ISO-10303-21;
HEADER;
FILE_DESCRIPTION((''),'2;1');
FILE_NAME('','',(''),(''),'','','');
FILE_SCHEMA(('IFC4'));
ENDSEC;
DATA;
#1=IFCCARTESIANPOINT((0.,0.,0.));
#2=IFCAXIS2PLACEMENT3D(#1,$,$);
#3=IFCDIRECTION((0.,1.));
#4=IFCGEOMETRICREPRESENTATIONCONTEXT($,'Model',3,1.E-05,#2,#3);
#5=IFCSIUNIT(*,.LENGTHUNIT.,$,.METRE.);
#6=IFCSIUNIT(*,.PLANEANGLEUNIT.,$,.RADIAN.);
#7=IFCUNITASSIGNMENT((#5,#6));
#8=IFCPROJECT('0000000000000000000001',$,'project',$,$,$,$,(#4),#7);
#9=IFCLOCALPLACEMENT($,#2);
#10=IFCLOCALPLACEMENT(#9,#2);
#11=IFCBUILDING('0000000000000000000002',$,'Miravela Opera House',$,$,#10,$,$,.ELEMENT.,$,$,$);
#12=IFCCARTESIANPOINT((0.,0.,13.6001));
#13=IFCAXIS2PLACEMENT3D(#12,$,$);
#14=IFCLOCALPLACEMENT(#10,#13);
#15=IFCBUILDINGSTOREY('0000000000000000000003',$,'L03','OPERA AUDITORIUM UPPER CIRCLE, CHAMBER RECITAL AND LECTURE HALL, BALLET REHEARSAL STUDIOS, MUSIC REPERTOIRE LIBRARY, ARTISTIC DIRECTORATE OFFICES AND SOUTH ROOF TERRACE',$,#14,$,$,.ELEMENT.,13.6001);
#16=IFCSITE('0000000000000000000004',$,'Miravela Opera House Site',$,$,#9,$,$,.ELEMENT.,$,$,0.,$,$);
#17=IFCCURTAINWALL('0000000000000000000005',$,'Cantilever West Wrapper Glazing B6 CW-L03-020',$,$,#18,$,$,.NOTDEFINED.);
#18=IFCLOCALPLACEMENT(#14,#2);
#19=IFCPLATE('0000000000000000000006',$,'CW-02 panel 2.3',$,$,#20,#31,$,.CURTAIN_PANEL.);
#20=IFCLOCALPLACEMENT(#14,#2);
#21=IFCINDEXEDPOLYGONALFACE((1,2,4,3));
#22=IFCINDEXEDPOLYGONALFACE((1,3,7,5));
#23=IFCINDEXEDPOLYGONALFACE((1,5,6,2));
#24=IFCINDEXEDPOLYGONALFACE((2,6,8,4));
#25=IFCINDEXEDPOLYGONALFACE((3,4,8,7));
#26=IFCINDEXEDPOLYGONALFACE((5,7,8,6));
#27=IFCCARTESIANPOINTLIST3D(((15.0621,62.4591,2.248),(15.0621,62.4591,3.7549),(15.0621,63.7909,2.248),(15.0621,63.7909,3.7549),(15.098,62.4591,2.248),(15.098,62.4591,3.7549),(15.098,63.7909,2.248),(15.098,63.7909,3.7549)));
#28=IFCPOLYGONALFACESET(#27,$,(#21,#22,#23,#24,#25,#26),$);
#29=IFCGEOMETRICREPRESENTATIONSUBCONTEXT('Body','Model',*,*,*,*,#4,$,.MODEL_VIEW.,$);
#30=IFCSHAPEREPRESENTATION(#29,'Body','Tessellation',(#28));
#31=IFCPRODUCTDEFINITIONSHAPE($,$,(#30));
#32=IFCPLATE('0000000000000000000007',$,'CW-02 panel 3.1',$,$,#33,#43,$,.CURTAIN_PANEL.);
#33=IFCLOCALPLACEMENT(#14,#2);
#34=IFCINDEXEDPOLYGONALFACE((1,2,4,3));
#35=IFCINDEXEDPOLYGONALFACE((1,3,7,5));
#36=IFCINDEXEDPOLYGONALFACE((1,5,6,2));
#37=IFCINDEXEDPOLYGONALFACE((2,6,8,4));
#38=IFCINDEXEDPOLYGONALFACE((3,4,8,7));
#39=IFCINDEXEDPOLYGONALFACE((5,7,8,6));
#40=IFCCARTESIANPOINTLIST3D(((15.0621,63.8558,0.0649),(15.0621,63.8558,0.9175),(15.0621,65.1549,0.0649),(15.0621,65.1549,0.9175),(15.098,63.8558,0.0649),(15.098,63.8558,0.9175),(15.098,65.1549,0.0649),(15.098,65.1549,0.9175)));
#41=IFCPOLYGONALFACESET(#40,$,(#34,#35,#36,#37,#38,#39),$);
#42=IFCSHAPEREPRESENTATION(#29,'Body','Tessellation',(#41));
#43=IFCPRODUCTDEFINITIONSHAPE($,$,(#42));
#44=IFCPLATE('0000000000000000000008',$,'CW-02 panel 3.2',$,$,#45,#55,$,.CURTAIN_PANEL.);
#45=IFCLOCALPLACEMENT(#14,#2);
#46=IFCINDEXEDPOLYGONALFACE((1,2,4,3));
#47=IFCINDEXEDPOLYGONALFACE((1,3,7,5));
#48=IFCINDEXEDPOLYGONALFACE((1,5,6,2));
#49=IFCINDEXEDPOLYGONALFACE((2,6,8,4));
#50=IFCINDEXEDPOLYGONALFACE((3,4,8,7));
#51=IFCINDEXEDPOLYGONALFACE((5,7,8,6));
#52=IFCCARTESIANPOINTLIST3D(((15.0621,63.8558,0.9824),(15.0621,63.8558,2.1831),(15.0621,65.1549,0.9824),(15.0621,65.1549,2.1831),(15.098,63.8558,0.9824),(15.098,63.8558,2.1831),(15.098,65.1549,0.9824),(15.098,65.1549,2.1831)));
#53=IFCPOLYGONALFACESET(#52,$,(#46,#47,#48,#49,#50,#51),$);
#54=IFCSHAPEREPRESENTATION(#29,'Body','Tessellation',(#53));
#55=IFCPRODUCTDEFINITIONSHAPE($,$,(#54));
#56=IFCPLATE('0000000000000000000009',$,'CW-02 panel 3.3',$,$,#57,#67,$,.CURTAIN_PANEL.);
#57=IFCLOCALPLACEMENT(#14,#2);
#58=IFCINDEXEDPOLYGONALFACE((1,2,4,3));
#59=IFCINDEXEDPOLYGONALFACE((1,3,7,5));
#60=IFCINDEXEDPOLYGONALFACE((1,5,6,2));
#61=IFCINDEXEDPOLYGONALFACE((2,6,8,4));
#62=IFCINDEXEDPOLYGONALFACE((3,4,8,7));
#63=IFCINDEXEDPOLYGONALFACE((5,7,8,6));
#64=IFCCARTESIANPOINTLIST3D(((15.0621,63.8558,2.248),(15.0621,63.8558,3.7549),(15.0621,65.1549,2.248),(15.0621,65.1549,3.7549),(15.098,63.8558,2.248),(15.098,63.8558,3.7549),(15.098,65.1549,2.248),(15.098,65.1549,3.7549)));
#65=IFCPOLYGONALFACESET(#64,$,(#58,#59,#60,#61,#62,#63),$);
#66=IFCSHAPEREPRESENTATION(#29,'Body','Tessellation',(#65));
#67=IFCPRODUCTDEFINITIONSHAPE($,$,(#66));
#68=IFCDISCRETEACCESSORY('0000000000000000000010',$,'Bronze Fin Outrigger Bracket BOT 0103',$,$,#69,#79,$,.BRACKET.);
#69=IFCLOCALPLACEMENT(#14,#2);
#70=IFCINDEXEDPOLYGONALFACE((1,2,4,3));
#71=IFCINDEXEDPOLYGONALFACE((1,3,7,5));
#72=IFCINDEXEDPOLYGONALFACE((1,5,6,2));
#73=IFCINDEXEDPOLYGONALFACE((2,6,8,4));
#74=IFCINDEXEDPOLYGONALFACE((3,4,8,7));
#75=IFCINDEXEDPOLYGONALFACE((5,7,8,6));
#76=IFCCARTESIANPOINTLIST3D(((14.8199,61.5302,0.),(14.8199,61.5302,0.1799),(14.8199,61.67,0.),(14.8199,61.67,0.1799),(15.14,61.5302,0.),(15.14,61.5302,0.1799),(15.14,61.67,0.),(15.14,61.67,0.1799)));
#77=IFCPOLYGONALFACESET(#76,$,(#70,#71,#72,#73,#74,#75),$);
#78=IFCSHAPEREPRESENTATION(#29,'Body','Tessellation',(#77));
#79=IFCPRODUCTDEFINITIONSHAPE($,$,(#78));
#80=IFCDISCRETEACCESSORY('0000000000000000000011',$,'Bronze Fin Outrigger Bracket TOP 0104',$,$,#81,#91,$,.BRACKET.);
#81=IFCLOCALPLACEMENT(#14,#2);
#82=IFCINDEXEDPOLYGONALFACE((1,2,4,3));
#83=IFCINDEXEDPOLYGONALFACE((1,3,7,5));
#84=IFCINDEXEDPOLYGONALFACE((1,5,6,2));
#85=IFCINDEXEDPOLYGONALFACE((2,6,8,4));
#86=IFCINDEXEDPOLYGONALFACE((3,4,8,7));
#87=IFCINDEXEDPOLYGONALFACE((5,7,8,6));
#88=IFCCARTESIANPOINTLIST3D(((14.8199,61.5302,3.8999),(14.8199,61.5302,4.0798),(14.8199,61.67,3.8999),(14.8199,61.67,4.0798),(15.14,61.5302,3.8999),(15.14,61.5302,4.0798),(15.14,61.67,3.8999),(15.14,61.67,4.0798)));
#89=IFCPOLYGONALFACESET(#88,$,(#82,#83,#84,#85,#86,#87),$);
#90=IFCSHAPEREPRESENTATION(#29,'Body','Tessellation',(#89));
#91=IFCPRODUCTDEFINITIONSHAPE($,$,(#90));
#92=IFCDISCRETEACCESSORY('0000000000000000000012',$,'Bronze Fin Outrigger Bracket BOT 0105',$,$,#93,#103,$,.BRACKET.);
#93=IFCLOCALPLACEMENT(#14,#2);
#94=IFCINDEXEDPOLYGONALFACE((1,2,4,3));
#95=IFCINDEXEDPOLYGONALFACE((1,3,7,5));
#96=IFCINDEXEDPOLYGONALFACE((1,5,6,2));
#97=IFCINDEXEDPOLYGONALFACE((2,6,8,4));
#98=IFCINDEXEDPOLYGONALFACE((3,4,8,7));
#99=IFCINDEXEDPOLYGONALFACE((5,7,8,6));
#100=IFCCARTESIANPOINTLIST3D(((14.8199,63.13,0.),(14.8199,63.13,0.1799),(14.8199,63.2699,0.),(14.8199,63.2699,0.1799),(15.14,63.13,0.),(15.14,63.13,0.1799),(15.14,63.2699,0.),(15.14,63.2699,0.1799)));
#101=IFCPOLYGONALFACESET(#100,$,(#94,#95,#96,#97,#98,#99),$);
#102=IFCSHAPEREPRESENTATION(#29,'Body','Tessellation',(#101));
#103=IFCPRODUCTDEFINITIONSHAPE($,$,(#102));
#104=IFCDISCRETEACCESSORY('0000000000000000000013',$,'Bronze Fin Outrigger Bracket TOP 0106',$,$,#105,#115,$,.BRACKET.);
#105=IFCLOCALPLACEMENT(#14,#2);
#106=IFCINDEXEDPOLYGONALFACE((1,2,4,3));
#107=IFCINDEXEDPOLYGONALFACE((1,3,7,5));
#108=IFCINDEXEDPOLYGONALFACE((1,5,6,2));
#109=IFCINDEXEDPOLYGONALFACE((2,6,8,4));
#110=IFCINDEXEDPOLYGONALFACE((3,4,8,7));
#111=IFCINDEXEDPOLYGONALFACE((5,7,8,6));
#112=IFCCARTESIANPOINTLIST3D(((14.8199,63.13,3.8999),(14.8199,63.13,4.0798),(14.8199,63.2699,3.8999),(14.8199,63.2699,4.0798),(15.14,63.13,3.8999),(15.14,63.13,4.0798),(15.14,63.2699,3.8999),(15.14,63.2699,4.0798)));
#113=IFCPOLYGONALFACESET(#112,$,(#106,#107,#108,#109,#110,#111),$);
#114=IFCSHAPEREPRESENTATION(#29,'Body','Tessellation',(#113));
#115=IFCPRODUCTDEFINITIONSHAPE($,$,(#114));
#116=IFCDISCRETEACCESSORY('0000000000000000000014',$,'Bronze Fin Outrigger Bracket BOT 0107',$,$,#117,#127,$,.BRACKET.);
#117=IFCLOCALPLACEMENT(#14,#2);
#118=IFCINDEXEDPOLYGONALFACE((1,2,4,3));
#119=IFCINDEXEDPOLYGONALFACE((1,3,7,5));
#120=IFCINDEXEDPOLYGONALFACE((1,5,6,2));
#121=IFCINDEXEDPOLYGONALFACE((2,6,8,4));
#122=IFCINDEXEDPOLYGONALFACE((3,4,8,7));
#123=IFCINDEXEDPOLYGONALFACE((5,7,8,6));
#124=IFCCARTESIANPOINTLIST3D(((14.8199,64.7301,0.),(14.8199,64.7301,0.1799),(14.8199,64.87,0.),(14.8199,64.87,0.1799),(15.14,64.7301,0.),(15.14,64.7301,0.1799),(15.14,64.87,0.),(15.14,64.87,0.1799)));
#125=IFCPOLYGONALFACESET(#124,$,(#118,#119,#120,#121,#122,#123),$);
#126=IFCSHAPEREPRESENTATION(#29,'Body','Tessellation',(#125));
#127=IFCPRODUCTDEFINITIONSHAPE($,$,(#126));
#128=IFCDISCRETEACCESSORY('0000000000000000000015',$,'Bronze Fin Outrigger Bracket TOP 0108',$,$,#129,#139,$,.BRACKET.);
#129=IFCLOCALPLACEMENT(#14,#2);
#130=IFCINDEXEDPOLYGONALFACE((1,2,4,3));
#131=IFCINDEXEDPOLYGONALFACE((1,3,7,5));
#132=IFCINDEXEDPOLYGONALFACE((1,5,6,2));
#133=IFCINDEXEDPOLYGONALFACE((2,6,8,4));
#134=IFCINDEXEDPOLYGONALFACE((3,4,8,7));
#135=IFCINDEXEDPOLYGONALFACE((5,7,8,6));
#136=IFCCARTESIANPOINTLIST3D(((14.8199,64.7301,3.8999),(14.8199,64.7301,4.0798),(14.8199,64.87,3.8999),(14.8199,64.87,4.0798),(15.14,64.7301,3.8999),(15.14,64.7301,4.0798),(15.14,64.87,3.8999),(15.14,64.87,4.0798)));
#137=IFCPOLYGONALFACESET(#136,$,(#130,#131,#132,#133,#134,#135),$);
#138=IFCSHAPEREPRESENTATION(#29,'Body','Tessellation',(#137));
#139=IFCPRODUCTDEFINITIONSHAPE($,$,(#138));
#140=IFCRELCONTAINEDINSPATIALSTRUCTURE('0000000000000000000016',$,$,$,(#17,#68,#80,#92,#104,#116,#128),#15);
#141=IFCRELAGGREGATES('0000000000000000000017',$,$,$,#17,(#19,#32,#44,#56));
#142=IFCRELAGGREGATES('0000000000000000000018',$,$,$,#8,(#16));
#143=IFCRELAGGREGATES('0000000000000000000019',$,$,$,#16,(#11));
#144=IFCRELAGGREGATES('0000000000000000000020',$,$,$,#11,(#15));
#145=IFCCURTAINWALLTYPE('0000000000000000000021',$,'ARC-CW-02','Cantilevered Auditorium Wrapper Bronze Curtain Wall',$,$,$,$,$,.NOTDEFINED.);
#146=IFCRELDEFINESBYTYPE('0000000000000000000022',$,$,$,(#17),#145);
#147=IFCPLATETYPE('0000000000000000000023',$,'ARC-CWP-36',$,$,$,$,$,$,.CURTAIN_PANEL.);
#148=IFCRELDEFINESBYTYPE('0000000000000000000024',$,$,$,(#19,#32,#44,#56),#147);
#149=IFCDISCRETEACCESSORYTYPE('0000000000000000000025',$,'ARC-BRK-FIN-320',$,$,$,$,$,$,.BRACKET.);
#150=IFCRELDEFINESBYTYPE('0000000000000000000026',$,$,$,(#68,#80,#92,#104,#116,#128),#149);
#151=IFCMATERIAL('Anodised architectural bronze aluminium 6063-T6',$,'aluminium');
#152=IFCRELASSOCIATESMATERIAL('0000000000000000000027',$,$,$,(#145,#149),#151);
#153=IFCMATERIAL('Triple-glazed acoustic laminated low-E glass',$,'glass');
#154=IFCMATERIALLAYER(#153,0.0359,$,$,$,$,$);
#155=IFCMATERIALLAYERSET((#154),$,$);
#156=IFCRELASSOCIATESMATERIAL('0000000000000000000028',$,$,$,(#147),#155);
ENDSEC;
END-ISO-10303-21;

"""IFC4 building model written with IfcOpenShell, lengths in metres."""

from ifc_helpers import new_model, si_unit, direction, frame, origin, origin_2d, place, context, subcontext, project, spatial, rectangle, extrude, material, layer, layer_set, type_object, element, aggregate, save


model = new_model("IFC4")

# Units and contexts
model_context = context("Model", 3, precision=1e-05, world=origin(), true_north=direction((0.0, 1.0)))
body_context = subcontext(model_context, "Body", "Model", "MODEL_VIEW")
ifc_project = project(units=[si_unit("LENGTHUNIT", "METRE"), si_unit("PLANEANGLEUNIT", "RADIAN")], contexts=[model_context])

# Site, building, storey
site_placement = place(None, origin())
site = spatial("IfcSite", under=ifc_project, at=site_placement, Name="Miravela Opera House Site", CompositionType="ELEMENT", RefElevation=0.0)
building_placement = place(site_placement, origin())
building = spatial("IfcBuilding", under=site, at=building_placement, Name="Miravela Opera House", CompositionType="ELEMENT")
storey_placement = place(building_placement, frame((0.0, 0.0, 13.6001)))
storey = spatial("IfcBuildingStorey", under=building, at=storey_placement, Name="L03", Description="OPERA AUDITORIUM UPPER CIRCLE, CHAMBER RECITAL AND LECTURE HALL, BALLET REHEARSAL STUDIOS, MUSIC REPERTOIRE LIBRARY, ARTISTIC DIRECTORATE OFFICES AND SOUTH ROOF TERRACE", CompositionType="ELEMENT", Elevation=13.6001)

# Curtain wall
ifc_material_1 = material(Name="Anodised architectural bronze aluminium 6063-T6", Category="aluminium")
curtain_wall_type = type_object("IfcCurtainWallType", Name="ARC-CW-02", Description="Cantilevered Auditorium Wrapper Bronze Curtain Wall", PredefinedType="NOTDEFINED", material=ifc_material_1)
curtain_wall_1_placement = place(storey_placement, origin())
curtain_wall_1 = element("IfcCurtainWall", 1, at=curtain_wall_1_placement, inside=storey, type_object=curtain_wall_type, Name="Cantilever West Wrapper Glazing B6 CW-L03-020", PredefinedType="NOTDEFINED")

# Plates
ifc_material_2 = material(Name="Triple-glazed acoustic laminated low-E glass", Category="glass")
ifc_layer = layer(ifc_material_2, 0.0359)
ifc_layer_set = layer_set([ifc_layer])
plate_type = type_object("IfcPlateType", Name="ARC-CWP-36", PredefinedType="CURTAIN_PANEL", material=ifc_layer_set)
plate_1_placement = place(storey_placement, frame((15.0801, 63.125, 2.248), z_axis=(0.0, 0.0, 1.0), x_axis=(0.0, 1.0, 0.0)))
plate_1 = element("IfcPlate", 2, at=plate_1_placement, type_object=plate_type, Name="CW-02 panel 2.3", PredefinedType="CURTAIN_PANEL", context=body_context, shape_type="SweptSolid", body=[
    extrude(rectangle(XDim=1.3318, YDim=0.0359, at=origin_2d()), origin(), (0.0, 0.0, 1.0), 1.5068),
])
plate_2_placement = place(storey_placement, frame((15.0801, 64.5054, 0.0649), z_axis=(0.0, 0.0, 1.0), x_axis=(0.0, 1.0, 0.0)))
plate_2 = element("IfcPlate", 3, at=plate_2_placement, type_object=plate_type, Name="CW-02 panel 3.1", PredefinedType="CURTAIN_PANEL", context=body_context, shape_type="SweptSolid", body=[
    extrude(rectangle(XDim=1.2991, YDim=0.0359, at=origin_2d()), origin(), (0.0, 0.0, 1.0), 0.8525),
])
plate_3_placement = place(storey_placement, frame((15.0801, 64.5054, 0.9824), z_axis=(0.0, 0.0, 1.0), x_axis=(0.0, 1.0, 0.0)))
plate_3 = element("IfcPlate", 4, at=plate_3_placement, type_object=plate_type, Name="CW-02 panel 3.2", PredefinedType="CURTAIN_PANEL", context=body_context, shape_type="SweptSolid", body=[
    extrude(rectangle(XDim=1.2991, YDim=0.0359, at=origin_2d()), origin(), (0.0, 0.0, 1.0), 1.2007),
])
plate_4_placement = place(storey_placement, frame((15.0801, 64.5054, 2.248), z_axis=(0.0, 0.0, 1.0), x_axis=(0.0, 1.0, 0.0)))
plate_4 = element("IfcPlate", 5, at=plate_4_placement, type_object=plate_type, Name="CW-02 panel 3.3", PredefinedType="CURTAIN_PANEL", context=body_context, shape_type="SweptSolid", body=[
    extrude(rectangle(XDim=1.2991, YDim=0.0359, at=origin_2d()), origin(), (0.0, 0.0, 1.0), 1.5068),
])
aggregate(curtain_wall_1, [plate_1, plate_2, plate_3, plate_4])

# Discrete accessories
discrete_accessory_type = type_object("IfcDiscreteAccessoryType", Name="ARC-BRK-FIN-320", PredefinedType="BRACKET", material=ifc_material_1)
for number, where, z_axis, x_axis, name in (
    (6, (14.98, 61.6001, 0.0), (0.0, 0.0, 1.0), (1.0, 0.0, 0.0), "Bronze Fin Outrigger Bracket BOT 0103"),
    (7, (14.98, 61.6001, 3.8999), (0.0, 0.0, 1.0), (1.0, 0.0, 0.0), "Bronze Fin Outrigger Bracket TOP 0104"),
    (8, (14.98, 63.2, 0.0), (0.0, 0.0, 1.0), (1.0, 0.0, 0.0), "Bronze Fin Outrigger Bracket BOT 0105"),
    (9, (14.98, 63.2, 3.8999), (0.0, 0.0, 1.0), (1.0, 0.0, 0.0), "Bronze Fin Outrigger Bracket TOP 0106"),
    (10, (14.98, 64.8, 0.0), (0.0, 0.0, 1.0), (1.0, 0.0, 0.0), "Bronze Fin Outrigger Bracket BOT 0107"),
    (11, (14.98, 64.8, 3.8999), (0.0, 0.0, 1.0), (1.0, 0.0, 0.0), "Bronze Fin Outrigger Bracket TOP 0108"),
):
    element("IfcDiscreteAccessory", number, at=place(storey_placement, frame(where, z_axis=z_axis, x_axis=x_axis)), inside=storey, type_object=discrete_accessory_type, Name=name, PredefinedType="BRACKET", context=body_context, shape_type="SweptSolid", body=[
        extrude(rectangle(XDim=0.3201, YDim=0.1399, at=origin_2d()), origin(), (0.0, 0.0, 1.0), 0.1799),
    ])

save(model, "model.ifc")
